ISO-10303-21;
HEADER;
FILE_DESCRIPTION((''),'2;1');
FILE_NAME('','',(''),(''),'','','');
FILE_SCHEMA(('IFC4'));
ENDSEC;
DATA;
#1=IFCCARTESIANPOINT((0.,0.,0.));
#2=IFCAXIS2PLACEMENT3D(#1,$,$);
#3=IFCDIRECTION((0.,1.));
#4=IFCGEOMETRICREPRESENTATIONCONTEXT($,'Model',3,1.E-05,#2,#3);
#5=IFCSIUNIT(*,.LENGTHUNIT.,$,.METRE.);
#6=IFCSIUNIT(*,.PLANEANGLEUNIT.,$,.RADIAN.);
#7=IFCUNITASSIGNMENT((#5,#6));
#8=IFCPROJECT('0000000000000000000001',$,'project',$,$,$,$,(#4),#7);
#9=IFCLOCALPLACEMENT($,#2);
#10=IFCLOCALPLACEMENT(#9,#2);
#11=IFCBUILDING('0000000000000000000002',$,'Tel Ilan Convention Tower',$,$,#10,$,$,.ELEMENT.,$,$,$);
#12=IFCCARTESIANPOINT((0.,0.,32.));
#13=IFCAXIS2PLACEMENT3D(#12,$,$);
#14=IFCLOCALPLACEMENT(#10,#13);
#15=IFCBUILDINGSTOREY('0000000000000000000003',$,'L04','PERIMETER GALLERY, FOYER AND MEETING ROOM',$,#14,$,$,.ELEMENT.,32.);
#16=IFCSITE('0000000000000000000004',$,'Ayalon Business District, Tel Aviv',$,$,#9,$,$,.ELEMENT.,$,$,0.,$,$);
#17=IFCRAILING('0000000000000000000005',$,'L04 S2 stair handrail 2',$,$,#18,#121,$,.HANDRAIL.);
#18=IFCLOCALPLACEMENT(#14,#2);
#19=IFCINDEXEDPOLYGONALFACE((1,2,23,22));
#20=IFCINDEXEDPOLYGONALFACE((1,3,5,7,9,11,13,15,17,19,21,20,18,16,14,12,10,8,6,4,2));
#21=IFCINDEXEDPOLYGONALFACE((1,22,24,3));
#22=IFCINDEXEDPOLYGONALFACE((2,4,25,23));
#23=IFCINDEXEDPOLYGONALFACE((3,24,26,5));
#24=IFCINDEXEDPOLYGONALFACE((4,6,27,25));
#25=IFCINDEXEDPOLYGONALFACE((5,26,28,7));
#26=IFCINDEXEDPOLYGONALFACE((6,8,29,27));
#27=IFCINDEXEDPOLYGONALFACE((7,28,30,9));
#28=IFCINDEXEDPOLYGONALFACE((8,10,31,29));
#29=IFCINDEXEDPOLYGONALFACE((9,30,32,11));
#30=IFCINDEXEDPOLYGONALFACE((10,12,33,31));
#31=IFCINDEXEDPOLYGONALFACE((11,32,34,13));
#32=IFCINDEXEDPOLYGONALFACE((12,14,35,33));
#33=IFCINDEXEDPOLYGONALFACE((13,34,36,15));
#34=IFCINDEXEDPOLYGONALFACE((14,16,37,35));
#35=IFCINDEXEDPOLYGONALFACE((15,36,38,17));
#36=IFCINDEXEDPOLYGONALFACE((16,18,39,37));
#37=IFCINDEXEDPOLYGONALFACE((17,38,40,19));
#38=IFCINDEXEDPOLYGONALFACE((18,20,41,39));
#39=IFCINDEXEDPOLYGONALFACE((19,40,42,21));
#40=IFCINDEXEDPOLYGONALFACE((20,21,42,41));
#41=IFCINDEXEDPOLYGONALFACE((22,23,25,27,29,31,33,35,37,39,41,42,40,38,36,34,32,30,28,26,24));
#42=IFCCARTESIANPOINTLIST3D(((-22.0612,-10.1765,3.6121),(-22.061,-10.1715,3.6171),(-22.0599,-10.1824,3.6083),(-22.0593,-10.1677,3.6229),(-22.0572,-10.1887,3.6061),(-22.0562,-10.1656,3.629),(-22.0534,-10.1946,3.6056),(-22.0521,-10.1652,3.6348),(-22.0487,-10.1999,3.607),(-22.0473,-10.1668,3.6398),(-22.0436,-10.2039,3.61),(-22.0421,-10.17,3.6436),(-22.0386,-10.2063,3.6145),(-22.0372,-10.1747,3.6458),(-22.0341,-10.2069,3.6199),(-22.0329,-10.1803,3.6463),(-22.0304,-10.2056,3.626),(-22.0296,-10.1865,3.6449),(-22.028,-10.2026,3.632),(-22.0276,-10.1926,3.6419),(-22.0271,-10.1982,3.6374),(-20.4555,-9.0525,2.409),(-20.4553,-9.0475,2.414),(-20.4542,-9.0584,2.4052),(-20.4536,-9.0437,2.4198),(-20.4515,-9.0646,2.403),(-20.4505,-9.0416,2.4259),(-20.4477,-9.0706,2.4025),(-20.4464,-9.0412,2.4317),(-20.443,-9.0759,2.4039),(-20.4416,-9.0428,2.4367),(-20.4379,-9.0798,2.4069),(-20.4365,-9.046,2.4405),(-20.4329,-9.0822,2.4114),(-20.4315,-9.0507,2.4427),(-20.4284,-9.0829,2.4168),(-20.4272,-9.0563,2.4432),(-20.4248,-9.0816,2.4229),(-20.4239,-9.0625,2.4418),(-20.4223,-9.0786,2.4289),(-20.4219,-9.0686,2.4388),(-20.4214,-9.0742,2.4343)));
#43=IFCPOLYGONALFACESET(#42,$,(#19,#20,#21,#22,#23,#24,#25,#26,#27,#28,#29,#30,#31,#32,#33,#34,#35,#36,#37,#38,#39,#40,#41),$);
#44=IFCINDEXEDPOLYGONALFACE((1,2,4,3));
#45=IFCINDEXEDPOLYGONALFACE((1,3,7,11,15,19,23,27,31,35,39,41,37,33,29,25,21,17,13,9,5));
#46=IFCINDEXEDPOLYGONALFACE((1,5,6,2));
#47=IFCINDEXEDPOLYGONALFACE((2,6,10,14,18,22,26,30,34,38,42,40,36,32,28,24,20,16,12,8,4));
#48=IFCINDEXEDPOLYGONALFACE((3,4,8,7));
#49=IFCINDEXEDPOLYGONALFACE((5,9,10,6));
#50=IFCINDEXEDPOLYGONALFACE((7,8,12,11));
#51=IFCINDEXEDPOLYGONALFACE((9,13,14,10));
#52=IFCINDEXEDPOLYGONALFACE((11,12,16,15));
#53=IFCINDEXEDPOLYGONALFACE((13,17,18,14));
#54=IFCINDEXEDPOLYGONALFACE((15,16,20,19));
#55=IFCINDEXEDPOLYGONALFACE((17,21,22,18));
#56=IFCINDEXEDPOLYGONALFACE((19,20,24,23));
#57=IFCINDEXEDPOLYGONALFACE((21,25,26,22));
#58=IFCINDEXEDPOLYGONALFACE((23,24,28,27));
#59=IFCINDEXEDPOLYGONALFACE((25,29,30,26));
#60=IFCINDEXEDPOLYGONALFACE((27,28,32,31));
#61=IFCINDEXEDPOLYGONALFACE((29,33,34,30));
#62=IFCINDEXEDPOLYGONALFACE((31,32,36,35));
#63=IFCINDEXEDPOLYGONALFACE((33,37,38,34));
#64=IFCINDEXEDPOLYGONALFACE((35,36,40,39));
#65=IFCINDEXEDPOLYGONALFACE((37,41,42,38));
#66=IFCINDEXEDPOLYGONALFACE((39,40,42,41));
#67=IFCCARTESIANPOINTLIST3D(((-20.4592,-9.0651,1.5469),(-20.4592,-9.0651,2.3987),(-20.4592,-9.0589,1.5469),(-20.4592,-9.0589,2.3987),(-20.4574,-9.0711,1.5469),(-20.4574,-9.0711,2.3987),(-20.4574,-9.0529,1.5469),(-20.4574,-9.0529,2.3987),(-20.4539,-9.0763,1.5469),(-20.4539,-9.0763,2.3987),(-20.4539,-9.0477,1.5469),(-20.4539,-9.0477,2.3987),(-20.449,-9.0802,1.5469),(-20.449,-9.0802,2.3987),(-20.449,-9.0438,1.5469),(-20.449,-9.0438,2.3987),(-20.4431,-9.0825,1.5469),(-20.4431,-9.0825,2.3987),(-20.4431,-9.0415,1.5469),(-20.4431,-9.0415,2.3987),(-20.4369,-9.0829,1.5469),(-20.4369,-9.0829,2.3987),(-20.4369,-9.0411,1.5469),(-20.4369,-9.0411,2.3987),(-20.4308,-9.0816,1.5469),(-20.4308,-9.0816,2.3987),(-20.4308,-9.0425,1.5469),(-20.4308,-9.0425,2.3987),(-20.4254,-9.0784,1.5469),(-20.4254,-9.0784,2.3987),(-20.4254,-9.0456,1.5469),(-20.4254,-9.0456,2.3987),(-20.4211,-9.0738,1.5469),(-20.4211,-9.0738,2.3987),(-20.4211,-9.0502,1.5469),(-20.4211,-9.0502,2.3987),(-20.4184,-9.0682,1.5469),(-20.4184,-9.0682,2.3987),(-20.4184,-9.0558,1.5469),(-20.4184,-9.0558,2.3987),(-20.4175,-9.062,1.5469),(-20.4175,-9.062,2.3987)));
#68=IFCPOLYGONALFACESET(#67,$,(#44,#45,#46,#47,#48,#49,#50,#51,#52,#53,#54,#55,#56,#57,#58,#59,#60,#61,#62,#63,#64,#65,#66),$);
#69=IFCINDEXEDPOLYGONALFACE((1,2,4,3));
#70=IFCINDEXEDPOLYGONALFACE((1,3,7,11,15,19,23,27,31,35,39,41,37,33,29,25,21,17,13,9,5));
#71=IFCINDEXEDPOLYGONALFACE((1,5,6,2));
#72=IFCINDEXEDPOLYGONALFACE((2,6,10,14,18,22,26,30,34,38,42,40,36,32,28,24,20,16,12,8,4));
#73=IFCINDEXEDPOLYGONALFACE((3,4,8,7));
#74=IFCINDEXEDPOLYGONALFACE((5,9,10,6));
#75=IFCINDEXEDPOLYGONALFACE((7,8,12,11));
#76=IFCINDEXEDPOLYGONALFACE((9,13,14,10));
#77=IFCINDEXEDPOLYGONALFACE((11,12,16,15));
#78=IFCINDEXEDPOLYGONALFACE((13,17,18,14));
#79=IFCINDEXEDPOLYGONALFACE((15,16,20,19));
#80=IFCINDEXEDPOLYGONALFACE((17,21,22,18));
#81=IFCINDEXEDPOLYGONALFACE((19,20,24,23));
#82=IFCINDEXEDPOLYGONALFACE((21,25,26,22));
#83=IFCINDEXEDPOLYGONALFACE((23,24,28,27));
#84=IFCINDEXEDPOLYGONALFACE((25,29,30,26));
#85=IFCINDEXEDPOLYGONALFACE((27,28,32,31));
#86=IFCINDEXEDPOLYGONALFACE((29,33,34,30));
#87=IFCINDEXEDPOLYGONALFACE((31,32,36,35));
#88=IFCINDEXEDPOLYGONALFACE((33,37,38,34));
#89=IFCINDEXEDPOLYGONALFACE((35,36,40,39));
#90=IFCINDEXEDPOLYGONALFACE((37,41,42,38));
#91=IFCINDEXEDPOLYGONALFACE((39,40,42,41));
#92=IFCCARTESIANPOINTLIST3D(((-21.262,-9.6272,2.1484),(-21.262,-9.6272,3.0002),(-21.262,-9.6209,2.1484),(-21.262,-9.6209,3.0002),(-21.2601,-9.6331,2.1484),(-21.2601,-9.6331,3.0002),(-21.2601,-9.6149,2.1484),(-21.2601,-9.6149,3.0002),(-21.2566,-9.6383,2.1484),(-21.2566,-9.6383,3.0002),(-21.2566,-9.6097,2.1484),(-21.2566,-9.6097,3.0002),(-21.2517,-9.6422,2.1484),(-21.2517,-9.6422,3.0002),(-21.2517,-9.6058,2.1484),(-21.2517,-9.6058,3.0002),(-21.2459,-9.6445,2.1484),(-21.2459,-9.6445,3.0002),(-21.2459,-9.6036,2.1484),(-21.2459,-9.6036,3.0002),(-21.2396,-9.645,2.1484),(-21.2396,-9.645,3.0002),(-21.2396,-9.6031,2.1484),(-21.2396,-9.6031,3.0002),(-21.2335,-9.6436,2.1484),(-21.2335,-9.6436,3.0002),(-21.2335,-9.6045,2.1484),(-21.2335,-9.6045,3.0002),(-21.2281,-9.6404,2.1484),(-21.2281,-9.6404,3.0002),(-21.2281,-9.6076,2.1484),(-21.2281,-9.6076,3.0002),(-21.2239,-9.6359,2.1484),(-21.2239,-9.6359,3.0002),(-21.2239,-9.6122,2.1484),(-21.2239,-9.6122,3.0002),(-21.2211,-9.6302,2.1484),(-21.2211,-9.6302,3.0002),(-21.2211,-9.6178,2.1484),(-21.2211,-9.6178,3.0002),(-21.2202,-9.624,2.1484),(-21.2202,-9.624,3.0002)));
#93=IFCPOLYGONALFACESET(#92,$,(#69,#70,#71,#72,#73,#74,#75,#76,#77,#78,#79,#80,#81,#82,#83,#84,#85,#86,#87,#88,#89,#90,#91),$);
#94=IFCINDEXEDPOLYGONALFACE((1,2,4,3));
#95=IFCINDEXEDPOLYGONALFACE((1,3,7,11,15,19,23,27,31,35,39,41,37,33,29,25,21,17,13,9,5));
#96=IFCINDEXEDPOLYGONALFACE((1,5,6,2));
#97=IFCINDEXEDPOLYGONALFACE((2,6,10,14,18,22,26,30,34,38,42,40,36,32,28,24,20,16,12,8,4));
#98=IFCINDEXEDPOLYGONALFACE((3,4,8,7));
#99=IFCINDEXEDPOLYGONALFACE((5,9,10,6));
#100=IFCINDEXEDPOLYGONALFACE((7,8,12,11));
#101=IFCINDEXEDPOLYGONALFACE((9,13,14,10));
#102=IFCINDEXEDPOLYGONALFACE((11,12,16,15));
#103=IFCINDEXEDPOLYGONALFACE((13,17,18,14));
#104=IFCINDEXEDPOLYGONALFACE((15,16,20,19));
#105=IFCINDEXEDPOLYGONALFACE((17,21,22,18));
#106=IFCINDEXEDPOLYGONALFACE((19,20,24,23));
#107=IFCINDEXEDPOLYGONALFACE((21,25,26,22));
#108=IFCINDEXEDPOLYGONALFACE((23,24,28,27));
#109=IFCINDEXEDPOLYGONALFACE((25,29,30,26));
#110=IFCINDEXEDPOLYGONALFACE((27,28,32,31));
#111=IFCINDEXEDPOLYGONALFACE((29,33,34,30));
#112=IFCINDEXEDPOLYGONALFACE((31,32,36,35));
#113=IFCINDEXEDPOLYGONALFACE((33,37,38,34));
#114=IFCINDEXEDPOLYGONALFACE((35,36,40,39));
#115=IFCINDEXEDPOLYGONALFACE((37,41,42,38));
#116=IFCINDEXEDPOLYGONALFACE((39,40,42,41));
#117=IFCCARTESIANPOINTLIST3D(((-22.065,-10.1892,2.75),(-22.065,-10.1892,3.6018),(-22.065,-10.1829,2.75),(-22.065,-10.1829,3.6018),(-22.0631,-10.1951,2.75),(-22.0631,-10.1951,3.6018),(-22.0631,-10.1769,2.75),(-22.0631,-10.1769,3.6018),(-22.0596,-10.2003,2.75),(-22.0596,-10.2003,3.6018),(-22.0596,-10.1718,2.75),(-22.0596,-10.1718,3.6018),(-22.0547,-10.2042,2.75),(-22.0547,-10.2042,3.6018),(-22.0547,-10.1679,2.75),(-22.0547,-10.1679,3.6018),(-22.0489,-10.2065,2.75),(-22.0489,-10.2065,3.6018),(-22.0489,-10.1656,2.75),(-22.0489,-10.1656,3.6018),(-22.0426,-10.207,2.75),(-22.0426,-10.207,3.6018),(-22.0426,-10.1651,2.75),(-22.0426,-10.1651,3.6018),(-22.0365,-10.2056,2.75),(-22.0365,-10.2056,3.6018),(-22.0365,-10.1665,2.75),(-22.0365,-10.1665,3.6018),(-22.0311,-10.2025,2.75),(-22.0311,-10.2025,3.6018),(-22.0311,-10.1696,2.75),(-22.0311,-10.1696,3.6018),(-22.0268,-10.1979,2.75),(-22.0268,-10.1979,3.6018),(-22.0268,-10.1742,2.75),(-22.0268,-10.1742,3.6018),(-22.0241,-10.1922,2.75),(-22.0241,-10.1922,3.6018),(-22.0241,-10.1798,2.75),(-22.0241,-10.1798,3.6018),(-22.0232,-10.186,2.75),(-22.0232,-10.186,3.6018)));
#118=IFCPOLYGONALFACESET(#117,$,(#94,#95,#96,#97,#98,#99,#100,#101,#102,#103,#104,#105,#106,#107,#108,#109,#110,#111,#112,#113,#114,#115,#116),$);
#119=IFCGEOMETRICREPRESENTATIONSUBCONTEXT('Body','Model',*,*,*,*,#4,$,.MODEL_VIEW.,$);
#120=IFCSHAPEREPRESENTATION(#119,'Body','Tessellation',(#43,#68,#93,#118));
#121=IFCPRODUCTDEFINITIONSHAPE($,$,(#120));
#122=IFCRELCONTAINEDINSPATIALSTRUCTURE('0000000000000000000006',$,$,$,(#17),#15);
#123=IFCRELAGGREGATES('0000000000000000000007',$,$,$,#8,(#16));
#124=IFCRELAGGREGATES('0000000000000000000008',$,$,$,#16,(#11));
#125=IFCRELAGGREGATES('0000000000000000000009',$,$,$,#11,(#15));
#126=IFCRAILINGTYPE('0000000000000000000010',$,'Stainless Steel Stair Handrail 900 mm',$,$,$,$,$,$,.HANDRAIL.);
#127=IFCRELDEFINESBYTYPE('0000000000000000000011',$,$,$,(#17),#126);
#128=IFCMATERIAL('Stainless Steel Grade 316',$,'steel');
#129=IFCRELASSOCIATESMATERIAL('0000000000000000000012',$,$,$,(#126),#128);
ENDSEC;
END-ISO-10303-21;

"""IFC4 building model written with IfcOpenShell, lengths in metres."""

from ifc_helpers import new_model, si_unit, direction, frame, origin, origin_2d, place, context, subcontext, project, spatial, circle, extrude, material, type_object, element, save


model = new_model("IFC4")

# Units and contexts
model_context = context("Model", 3, precision=1e-05, world=origin(), true_north=direction((0.0, 1.0)))
body_context = subcontext(model_context, "Body", "Model", "MODEL_VIEW")
ifc_project = project(units=[si_unit("LENGTHUNIT", "METRE"), si_unit("PLANEANGLEUNIT", "RADIAN")], contexts=[model_context])

# Site, building, storey
site_placement = place(None, origin())
site = spatial("IfcSite", under=ifc_project, at=site_placement, Name="Ayalon Business District, Tel Aviv", CompositionType="ELEMENT", RefElevation=0.0)
building_placement = place(site_placement, origin())
building = spatial("IfcBuilding", under=site, at=building_placement, Name="Tel Ilan Convention Tower", CompositionType="ELEMENT")
storey_placement = place(building_placement, frame((0.0, 0.0, 32.0)))
storey = spatial("IfcBuildingStorey", under=building, at=storey_placement, Name="L04", Description="PERIMETER GALLERY, FOYER AND MEETING ROOM", CompositionType="ELEMENT", Elevation=32.0)

# Railing
ifc_material_1 = material(Name="Stainless Steel Grade 316", Category="steel")
railing_type_1 = type_object("IfcRailingType", Name="Stainless Steel Stair Handrail 900 mm", PredefinedType="HANDRAIL", material=ifc_material_1)
railing_1_placement = place(storey_placement, frame((-20.4385, -9.062, 1.5469)))
element("IfcRailing", 1, at=railing_1_placement, inside=storey, type_object=railing_type_1, Name="L04 S2 stair handrail 2", PredefinedType="HANDRAIL", context=body_context, shape_type="SweptSolid", body=[
    extrude(circle(Radius=0.0239, at=origin_2d()), frame((0.0, 0.0, 0.876), z_axis=(-0.698185, -0.48874, 0.523135), x_axis=(0.573471, -0.819226, 0.0)), (0.0, 0.0, 1.0), 2.2998),
    extrude(circle(Radius=0.021, at=origin_2d()), origin(), (0.0, 0.0, 1.0), 0.8518),
    extrude(circle(Radius=0.021, at=origin_2d()), frame((-0.8027, -0.562, 0.6016)), (0.0, 0.0, 1.0), 0.8518),
    extrude(circle(Radius=0.021, at=origin_2d()), frame((-1.6057, -1.124, 1.2031)), (0.0, 0.0, 1.0), 0.8518),
])

save(model, "model.ifc")
